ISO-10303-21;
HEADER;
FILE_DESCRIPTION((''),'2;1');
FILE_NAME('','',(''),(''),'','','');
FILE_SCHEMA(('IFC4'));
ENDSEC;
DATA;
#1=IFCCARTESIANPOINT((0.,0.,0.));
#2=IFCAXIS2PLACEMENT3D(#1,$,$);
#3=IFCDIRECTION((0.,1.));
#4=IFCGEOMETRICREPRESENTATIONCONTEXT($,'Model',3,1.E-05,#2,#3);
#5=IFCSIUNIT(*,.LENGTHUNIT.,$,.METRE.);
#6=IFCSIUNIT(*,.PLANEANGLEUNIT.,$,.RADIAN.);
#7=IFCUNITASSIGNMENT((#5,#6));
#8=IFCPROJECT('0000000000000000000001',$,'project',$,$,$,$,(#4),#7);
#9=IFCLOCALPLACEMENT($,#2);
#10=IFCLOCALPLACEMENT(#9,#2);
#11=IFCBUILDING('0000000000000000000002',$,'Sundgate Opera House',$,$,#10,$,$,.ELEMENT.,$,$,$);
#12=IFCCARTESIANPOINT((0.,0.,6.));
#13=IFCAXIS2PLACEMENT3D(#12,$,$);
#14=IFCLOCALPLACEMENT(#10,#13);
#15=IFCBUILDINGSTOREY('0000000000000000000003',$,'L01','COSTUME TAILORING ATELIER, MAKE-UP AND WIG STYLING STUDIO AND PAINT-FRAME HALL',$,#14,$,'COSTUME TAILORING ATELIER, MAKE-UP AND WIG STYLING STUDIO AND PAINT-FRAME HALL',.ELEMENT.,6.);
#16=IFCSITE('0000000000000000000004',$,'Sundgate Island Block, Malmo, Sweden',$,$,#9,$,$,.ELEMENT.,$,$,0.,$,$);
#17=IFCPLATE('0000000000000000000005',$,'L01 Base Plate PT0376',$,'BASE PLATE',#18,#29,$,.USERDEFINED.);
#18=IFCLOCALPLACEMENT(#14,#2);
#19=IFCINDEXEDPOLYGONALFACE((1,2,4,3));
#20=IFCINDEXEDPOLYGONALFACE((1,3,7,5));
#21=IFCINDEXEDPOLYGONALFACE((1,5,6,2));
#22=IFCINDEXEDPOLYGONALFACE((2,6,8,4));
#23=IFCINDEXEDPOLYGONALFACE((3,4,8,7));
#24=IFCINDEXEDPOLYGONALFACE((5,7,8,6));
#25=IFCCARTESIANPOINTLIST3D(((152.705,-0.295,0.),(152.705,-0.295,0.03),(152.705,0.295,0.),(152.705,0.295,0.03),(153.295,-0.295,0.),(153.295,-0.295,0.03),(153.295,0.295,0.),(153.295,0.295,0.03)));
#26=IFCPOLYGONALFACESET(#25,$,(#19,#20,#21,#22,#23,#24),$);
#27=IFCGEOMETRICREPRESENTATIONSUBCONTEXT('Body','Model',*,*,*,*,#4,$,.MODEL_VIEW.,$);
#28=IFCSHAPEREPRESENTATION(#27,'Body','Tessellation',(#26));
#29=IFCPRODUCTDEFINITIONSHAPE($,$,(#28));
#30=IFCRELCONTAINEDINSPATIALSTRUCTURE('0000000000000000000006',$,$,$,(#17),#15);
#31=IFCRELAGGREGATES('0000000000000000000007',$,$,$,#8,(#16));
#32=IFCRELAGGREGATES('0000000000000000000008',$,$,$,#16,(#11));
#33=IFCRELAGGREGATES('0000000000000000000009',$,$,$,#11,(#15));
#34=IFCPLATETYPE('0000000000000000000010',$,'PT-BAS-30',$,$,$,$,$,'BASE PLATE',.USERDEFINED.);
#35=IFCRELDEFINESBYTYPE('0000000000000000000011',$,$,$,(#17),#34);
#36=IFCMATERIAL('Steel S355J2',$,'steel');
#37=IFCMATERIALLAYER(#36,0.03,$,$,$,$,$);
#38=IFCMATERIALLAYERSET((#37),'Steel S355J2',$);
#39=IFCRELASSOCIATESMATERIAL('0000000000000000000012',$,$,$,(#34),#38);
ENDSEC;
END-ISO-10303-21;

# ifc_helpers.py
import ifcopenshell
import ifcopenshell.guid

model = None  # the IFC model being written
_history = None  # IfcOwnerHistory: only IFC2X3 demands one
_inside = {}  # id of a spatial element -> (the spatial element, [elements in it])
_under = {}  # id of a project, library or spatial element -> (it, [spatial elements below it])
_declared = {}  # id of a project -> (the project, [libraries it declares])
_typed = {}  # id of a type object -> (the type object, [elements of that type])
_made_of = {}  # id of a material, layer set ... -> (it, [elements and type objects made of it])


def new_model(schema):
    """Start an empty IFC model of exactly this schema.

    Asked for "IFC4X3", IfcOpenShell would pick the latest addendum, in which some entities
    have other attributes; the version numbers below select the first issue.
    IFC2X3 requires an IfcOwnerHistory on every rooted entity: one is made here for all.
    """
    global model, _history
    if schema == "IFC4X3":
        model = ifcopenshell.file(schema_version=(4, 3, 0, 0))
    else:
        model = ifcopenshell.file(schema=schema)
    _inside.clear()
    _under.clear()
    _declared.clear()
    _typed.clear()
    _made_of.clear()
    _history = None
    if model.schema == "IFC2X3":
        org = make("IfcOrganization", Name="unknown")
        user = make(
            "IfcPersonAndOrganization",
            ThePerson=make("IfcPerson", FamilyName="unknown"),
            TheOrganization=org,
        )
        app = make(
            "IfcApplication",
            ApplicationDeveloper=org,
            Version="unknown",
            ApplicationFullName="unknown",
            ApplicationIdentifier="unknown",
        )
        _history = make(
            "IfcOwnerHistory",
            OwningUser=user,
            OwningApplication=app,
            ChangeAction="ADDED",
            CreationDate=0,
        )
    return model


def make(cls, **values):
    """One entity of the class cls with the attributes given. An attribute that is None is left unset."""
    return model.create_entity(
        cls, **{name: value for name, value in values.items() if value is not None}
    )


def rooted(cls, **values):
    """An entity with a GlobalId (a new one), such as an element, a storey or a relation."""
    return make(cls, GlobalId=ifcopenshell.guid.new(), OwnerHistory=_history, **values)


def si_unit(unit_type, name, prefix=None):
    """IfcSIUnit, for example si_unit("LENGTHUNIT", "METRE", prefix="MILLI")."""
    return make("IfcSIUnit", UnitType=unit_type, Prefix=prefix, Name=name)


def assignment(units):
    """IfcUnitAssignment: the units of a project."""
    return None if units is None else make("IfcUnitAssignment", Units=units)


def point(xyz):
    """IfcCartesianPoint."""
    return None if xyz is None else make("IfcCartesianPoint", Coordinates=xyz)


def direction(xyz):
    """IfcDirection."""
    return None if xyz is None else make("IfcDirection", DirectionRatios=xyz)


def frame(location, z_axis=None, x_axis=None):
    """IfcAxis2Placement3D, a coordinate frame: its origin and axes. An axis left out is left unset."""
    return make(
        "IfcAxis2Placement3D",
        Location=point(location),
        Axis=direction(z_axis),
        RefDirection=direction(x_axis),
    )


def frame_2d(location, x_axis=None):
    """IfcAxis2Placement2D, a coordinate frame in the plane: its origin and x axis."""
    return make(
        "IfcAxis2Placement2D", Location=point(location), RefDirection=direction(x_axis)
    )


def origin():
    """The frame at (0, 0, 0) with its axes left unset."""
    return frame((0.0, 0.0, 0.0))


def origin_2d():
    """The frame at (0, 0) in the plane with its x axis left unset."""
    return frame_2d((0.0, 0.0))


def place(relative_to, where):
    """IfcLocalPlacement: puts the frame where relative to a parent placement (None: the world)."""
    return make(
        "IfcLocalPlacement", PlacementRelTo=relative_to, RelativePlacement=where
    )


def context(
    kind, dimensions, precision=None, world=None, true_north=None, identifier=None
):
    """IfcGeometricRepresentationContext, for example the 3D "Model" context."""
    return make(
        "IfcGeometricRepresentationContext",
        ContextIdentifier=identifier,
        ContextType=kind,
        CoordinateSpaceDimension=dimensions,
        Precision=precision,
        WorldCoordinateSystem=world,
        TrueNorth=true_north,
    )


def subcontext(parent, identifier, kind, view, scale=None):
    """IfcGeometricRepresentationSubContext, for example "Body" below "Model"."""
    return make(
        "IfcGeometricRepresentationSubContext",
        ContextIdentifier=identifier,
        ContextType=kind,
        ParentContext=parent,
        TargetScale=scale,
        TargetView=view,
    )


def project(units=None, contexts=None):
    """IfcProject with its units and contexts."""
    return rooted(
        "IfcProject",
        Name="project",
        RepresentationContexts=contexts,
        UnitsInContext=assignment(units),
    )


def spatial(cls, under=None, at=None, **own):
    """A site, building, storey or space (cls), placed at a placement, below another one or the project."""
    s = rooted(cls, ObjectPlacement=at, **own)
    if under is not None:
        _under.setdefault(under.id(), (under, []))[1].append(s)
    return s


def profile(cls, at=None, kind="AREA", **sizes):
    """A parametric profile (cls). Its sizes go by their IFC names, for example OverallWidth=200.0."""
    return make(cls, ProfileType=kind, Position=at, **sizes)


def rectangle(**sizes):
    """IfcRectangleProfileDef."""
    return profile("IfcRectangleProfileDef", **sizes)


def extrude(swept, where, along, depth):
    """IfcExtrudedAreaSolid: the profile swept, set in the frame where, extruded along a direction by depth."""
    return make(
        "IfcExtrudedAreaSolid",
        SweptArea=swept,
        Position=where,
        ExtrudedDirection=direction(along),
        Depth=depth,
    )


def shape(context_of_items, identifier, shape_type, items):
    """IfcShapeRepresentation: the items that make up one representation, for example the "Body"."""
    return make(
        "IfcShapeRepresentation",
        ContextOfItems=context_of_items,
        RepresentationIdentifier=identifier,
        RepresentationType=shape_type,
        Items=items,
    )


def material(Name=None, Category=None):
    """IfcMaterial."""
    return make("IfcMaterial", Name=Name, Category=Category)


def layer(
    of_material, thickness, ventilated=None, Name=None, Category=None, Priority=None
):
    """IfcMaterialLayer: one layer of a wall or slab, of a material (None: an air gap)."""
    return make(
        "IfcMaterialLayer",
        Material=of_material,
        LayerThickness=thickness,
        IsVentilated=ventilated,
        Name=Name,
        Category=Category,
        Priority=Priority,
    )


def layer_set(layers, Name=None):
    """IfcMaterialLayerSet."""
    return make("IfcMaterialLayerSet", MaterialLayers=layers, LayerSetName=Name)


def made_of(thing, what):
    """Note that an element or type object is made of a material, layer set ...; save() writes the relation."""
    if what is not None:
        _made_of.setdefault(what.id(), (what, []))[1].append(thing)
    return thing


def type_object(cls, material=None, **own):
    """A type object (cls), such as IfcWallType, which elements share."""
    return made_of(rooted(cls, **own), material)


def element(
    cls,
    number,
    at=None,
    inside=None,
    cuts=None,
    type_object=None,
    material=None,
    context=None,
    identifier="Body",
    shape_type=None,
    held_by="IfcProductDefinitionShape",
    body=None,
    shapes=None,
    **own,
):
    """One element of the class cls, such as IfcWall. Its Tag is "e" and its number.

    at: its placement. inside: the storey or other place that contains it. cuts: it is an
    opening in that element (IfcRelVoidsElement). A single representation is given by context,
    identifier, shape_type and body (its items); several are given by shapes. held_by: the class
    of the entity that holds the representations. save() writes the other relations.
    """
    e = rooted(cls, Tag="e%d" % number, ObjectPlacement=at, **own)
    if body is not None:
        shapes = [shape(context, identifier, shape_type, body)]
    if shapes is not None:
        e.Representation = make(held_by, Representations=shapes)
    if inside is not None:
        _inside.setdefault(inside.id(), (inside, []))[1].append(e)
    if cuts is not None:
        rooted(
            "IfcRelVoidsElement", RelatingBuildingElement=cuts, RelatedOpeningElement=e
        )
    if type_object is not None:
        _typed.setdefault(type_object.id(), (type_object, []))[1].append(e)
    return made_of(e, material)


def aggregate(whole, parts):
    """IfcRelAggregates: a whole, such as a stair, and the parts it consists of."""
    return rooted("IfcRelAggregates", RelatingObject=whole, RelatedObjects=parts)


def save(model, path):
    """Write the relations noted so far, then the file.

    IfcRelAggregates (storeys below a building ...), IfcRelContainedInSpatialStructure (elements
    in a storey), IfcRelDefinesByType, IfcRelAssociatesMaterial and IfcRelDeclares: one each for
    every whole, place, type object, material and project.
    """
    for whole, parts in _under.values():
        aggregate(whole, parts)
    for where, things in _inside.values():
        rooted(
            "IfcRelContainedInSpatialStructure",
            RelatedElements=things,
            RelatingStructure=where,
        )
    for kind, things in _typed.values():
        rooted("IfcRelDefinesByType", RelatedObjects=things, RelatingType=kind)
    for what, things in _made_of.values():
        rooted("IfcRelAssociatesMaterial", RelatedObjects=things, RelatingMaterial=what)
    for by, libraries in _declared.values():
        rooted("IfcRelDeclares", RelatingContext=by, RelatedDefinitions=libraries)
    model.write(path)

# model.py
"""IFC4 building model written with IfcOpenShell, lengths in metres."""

from ifc_helpers import new_model, si_unit, direction, frame, origin, origin_2d, place, context, subcontext, project, spatial, rectangle, extrude, material, layer, layer_set, type_object, element, save


model = new_model("IFC4")

# Units and contexts
model_context = context("Model", 3, precision=1e-05, world=origin(), true_north=direction((0.0, 1.0)))
body_context = subcontext(model_context, "Body", "Model", "MODEL_VIEW")
ifc_project = project(units=[si_unit("LENGTHUNIT", "METRE"), si_unit("PLANEANGLEUNIT", "RADIAN")], contexts=[model_context])

# Site, building, storey
site_placement = place(None, origin())
site = spatial("IfcSite", under=ifc_project, at=site_placement, Name="Sundgate Island Block, Malmo, Sweden", CompositionType="ELEMENT", RefElevation=0.0)
building_placement = place(site_placement, origin())
building = spatial("IfcBuilding", under=site, at=building_placement, Name="Sundgate Opera House", CompositionType="ELEMENT")
storey_placement = place(building_placement, frame((0.0, 0.0, 6.0)))
storey = spatial("IfcBuildingStorey", under=building, at=storey_placement, Name="L01", Description="COSTUME TAILORING ATELIER, MAKE-UP AND WIG STYLING STUDIO AND PAINT-FRAME HALL", LongName="COSTUME TAILORING ATELIER, MAKE-UP AND WIG STYLING STUDIO AND PAINT-FRAME HALL", CompositionType="ELEMENT", Elevation=6.0)

# Plate
ifc_material_1 = material(Name="Steel S355J2", Category="steel")
ifc_layer_1 = layer(ifc_material_1, 0.03)
ifc_layer_set_1 = layer_set([ifc_layer_1], Name="Steel S355J2")
plate_type_1 = type_object("IfcPlateType", Name="PT-BAS-30", ElementType="BASE PLATE", PredefinedType="USERDEFINED", material=ifc_layer_set_1)
plate_1_placement = place(storey_placement, frame((153.0, 0.0, 0.0), z_axis=(0.0, 0.0, 1.0), x_axis=(1.0, 0.0, 0.0)))
element("IfcPlate", 1, at=plate_1_placement, inside=storey, type_object=plate_type_1, Name="L01 Base Plate PT0376", ObjectType="BASE PLATE", PredefinedType="USERDEFINED", context=body_context, shape_type="SweptSolid", body=[
    extrude(rectangle(XDim=0.5901, YDim=0.5901, at=origin_2d()), origin(), (0.0, 0.0, 1.0), 0.03),
])

save(model, "model.ifc")
